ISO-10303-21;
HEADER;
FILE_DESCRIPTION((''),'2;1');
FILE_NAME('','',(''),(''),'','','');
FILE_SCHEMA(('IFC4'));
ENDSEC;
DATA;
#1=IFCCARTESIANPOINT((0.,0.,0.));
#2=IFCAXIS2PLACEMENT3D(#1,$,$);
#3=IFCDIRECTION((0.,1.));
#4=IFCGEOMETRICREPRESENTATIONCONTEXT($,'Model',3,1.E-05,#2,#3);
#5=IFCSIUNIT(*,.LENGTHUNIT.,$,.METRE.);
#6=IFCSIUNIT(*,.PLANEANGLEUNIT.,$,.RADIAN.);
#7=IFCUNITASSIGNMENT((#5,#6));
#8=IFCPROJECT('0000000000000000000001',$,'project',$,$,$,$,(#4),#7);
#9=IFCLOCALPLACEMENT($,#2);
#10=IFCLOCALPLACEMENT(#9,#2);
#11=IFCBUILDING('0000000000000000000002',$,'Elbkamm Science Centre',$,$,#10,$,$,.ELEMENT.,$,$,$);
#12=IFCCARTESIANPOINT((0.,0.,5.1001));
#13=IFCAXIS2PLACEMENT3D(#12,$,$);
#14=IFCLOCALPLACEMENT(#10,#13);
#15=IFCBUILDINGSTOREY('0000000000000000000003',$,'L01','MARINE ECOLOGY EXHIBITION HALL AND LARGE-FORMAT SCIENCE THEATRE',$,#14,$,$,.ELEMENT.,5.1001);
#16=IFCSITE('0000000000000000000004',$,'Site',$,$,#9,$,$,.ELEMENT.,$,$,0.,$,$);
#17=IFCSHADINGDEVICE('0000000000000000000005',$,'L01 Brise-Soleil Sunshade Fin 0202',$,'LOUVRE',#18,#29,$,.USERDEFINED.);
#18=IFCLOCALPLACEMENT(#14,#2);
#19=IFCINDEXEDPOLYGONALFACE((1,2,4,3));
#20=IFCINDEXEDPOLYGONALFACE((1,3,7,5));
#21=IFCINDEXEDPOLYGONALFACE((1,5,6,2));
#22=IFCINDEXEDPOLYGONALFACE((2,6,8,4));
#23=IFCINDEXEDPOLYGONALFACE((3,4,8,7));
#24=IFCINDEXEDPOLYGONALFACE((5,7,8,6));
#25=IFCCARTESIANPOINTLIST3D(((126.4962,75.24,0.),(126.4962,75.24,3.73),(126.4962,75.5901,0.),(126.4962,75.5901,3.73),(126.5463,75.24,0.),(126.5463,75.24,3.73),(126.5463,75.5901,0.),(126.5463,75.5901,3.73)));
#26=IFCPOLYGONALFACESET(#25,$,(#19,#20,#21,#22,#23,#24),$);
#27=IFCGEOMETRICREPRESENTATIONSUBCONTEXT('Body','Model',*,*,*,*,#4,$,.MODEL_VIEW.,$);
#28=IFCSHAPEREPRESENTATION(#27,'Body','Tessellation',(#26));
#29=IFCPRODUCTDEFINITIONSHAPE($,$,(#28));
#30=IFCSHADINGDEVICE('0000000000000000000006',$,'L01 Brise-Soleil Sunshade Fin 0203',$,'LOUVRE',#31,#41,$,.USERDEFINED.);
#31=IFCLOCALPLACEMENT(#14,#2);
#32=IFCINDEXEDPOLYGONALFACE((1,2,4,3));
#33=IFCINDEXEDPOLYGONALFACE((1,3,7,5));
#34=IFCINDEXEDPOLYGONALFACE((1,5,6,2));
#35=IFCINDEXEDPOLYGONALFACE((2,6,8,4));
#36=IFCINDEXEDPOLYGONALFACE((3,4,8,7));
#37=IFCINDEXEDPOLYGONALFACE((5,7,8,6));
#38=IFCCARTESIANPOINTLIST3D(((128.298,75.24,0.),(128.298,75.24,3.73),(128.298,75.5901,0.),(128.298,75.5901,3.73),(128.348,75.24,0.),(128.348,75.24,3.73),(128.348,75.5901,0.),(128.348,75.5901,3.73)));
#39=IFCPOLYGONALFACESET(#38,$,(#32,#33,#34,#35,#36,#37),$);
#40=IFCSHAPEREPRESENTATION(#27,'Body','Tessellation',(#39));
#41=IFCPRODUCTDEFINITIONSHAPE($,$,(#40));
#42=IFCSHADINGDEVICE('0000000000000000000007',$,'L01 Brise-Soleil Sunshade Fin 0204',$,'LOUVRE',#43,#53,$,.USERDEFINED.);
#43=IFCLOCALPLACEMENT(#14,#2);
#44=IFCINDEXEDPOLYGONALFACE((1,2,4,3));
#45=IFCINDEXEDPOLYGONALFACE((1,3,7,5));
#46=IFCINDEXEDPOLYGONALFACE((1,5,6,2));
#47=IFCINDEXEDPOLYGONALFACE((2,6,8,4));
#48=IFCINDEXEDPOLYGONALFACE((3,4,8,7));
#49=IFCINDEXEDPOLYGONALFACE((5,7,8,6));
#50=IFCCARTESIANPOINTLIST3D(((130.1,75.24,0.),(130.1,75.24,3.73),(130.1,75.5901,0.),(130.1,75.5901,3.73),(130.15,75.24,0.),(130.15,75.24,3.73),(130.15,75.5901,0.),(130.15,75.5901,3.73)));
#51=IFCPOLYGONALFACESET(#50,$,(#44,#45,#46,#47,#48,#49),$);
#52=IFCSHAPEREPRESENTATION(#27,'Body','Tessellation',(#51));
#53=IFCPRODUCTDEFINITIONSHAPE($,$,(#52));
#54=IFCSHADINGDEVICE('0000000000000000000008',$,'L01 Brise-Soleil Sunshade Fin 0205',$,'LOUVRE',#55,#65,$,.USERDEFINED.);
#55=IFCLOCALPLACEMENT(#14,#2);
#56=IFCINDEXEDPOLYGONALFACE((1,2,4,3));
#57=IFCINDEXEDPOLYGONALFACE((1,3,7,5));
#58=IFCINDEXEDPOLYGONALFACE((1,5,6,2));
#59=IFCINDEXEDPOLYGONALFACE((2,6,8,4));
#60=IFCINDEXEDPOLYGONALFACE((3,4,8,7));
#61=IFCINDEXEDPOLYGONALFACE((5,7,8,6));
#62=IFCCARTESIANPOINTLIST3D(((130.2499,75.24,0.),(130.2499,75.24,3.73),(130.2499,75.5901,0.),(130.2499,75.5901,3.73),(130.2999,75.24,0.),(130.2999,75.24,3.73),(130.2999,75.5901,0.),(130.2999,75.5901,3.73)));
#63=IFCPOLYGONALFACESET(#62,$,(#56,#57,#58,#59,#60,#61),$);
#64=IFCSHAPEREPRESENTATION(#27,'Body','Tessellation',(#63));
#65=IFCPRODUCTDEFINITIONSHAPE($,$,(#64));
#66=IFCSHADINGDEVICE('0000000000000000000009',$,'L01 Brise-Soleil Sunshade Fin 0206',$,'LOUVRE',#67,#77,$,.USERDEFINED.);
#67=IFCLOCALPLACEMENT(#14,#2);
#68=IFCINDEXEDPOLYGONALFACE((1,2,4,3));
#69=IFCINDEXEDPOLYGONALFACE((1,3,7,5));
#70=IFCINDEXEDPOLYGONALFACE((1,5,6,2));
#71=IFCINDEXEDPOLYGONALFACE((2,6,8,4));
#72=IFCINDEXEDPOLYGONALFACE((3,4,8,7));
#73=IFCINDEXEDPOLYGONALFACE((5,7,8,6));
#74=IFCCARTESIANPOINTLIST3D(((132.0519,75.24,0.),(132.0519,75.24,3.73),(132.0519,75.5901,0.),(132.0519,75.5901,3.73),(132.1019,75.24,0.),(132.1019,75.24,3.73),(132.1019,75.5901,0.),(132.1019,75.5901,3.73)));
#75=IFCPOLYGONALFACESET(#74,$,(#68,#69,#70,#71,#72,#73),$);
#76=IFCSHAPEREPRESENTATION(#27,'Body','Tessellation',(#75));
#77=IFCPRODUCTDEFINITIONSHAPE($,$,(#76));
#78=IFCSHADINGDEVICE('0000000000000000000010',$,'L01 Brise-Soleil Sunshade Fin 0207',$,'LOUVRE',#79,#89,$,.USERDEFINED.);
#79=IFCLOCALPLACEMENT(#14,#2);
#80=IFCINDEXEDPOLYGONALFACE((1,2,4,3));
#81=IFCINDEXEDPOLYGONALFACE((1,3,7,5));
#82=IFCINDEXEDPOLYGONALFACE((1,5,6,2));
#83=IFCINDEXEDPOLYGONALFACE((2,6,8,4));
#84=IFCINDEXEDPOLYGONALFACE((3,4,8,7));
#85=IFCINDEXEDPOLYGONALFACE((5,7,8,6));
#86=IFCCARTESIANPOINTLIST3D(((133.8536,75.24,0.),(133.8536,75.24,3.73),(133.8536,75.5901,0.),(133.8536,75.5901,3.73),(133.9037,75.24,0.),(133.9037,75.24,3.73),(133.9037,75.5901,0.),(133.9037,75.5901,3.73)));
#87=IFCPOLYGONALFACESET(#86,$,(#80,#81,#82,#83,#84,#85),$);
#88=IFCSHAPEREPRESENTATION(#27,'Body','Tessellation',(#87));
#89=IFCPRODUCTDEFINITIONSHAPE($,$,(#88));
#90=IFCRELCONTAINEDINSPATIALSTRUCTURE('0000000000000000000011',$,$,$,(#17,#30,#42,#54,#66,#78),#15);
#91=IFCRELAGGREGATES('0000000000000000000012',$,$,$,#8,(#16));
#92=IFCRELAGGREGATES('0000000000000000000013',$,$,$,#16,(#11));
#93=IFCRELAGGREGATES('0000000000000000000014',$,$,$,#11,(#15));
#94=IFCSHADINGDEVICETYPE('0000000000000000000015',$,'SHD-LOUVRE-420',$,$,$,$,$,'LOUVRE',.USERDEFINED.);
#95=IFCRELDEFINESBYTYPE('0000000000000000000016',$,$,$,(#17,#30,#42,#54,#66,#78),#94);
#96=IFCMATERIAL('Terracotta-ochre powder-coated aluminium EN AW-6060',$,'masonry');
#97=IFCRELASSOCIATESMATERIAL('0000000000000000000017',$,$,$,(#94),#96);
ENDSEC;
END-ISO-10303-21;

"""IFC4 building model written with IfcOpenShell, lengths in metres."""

from ifc_helpers import new_model, si_unit, direction, frame, origin, origin_2d, place, context, subcontext, project, spatial, rectangle, extrude, material, type_object, element, save


model = new_model("IFC4")

# Units and contexts
model_context = context("Model", 3, precision=1e-05, world=origin(), true_north=direction((0.0, 1.0)))
body_context = subcontext(model_context, "Body", "Model", "MODEL_VIEW")
ifc_project = project(units=[si_unit("LENGTHUNIT", "METRE"), si_unit("PLANEANGLEUNIT", "RADIAN")], contexts=[model_context])

# Site, building, storey
site_placement = place(None, origin())
site = spatial("IfcSite", under=ifc_project, at=site_placement, Name="Site", CompositionType="ELEMENT", RefElevation=0.0)
building_placement = place(site_placement, origin())
building = spatial("IfcBuilding", under=site, at=building_placement, Name="Elbkamm Science Centre", CompositionType="ELEMENT")
storey_placement = place(building_placement, frame((0.0, 0.0, 5.1001)))
storey = spatial("IfcBuildingStorey", under=building, at=storey_placement, Name="L01", Description="MARINE ECOLOGY EXHIBITION HALL AND LARGE-FORMAT SCIENCE THEATRE", CompositionType="ELEMENT", Elevation=5.1001)

# Shading devices
ifc_material_1 = material(Name="Terracotta-ochre powder-coated aluminium EN AW-6060", Category="masonry")
shading_device_type = type_object("IfcShadingDeviceType", Name="SHD-LOUVRE-420", ElementType="LOUVRE", PredefinedType="USERDEFINED", material=ifc_material_1)
for number, where, z_axis, x_axis, name in (
    (1, (126.5212, 75.415, 0.0), (0.0, 0.0, 1.0), (0.0, 1.0, 0.0), "L01 Brise-Soleil Sunshade Fin 0202"),
    (2, (128.323, 75.415, 0.0), (0.0, 0.0, 1.0), (0.0, 1.0, 0.0), "L01 Brise-Soleil Sunshade Fin 0203"),
    (3, (130.125, 75.415, 0.0), (0.0, 0.0, 1.0), (0.0, 1.0, 0.0), "L01 Brise-Soleil Sunshade Fin 0204"),
    (4, (130.2749, 75.415, 0.0), (0.0, 0.0, 1.0), (0.0, 1.0, 0.0), "L01 Brise-Soleil Sunshade Fin 0205"),
    (5, (132.0769, 75.415, 0.0), (0.0, 0.0, 1.0), (0.0, 1.0, 0.0), "L01 Brise-Soleil Sunshade Fin 0206"),
    (6, (133.8787, 75.415, 0.0), (0.0, 0.0, 1.0), (0.0, 1.0, 0.0), "L01 Brise-Soleil Sunshade Fin 0207"),
):
    element("IfcShadingDevice", number, at=place(storey_placement, frame(where, z_axis=z_axis, x_axis=x_axis)), inside=storey, type_object=shading_device_type, Name=name, ObjectType="LOUVRE", PredefinedType="USERDEFINED", context=body_context, shape_type="SweptSolid", body=[
        extrude(rectangle(XDim=0.3501, YDim=0.05, at=origin_2d()), origin(), (0.0, 0.0, 1.0), 3.73),
    ])

save(model, "model.ifc")
